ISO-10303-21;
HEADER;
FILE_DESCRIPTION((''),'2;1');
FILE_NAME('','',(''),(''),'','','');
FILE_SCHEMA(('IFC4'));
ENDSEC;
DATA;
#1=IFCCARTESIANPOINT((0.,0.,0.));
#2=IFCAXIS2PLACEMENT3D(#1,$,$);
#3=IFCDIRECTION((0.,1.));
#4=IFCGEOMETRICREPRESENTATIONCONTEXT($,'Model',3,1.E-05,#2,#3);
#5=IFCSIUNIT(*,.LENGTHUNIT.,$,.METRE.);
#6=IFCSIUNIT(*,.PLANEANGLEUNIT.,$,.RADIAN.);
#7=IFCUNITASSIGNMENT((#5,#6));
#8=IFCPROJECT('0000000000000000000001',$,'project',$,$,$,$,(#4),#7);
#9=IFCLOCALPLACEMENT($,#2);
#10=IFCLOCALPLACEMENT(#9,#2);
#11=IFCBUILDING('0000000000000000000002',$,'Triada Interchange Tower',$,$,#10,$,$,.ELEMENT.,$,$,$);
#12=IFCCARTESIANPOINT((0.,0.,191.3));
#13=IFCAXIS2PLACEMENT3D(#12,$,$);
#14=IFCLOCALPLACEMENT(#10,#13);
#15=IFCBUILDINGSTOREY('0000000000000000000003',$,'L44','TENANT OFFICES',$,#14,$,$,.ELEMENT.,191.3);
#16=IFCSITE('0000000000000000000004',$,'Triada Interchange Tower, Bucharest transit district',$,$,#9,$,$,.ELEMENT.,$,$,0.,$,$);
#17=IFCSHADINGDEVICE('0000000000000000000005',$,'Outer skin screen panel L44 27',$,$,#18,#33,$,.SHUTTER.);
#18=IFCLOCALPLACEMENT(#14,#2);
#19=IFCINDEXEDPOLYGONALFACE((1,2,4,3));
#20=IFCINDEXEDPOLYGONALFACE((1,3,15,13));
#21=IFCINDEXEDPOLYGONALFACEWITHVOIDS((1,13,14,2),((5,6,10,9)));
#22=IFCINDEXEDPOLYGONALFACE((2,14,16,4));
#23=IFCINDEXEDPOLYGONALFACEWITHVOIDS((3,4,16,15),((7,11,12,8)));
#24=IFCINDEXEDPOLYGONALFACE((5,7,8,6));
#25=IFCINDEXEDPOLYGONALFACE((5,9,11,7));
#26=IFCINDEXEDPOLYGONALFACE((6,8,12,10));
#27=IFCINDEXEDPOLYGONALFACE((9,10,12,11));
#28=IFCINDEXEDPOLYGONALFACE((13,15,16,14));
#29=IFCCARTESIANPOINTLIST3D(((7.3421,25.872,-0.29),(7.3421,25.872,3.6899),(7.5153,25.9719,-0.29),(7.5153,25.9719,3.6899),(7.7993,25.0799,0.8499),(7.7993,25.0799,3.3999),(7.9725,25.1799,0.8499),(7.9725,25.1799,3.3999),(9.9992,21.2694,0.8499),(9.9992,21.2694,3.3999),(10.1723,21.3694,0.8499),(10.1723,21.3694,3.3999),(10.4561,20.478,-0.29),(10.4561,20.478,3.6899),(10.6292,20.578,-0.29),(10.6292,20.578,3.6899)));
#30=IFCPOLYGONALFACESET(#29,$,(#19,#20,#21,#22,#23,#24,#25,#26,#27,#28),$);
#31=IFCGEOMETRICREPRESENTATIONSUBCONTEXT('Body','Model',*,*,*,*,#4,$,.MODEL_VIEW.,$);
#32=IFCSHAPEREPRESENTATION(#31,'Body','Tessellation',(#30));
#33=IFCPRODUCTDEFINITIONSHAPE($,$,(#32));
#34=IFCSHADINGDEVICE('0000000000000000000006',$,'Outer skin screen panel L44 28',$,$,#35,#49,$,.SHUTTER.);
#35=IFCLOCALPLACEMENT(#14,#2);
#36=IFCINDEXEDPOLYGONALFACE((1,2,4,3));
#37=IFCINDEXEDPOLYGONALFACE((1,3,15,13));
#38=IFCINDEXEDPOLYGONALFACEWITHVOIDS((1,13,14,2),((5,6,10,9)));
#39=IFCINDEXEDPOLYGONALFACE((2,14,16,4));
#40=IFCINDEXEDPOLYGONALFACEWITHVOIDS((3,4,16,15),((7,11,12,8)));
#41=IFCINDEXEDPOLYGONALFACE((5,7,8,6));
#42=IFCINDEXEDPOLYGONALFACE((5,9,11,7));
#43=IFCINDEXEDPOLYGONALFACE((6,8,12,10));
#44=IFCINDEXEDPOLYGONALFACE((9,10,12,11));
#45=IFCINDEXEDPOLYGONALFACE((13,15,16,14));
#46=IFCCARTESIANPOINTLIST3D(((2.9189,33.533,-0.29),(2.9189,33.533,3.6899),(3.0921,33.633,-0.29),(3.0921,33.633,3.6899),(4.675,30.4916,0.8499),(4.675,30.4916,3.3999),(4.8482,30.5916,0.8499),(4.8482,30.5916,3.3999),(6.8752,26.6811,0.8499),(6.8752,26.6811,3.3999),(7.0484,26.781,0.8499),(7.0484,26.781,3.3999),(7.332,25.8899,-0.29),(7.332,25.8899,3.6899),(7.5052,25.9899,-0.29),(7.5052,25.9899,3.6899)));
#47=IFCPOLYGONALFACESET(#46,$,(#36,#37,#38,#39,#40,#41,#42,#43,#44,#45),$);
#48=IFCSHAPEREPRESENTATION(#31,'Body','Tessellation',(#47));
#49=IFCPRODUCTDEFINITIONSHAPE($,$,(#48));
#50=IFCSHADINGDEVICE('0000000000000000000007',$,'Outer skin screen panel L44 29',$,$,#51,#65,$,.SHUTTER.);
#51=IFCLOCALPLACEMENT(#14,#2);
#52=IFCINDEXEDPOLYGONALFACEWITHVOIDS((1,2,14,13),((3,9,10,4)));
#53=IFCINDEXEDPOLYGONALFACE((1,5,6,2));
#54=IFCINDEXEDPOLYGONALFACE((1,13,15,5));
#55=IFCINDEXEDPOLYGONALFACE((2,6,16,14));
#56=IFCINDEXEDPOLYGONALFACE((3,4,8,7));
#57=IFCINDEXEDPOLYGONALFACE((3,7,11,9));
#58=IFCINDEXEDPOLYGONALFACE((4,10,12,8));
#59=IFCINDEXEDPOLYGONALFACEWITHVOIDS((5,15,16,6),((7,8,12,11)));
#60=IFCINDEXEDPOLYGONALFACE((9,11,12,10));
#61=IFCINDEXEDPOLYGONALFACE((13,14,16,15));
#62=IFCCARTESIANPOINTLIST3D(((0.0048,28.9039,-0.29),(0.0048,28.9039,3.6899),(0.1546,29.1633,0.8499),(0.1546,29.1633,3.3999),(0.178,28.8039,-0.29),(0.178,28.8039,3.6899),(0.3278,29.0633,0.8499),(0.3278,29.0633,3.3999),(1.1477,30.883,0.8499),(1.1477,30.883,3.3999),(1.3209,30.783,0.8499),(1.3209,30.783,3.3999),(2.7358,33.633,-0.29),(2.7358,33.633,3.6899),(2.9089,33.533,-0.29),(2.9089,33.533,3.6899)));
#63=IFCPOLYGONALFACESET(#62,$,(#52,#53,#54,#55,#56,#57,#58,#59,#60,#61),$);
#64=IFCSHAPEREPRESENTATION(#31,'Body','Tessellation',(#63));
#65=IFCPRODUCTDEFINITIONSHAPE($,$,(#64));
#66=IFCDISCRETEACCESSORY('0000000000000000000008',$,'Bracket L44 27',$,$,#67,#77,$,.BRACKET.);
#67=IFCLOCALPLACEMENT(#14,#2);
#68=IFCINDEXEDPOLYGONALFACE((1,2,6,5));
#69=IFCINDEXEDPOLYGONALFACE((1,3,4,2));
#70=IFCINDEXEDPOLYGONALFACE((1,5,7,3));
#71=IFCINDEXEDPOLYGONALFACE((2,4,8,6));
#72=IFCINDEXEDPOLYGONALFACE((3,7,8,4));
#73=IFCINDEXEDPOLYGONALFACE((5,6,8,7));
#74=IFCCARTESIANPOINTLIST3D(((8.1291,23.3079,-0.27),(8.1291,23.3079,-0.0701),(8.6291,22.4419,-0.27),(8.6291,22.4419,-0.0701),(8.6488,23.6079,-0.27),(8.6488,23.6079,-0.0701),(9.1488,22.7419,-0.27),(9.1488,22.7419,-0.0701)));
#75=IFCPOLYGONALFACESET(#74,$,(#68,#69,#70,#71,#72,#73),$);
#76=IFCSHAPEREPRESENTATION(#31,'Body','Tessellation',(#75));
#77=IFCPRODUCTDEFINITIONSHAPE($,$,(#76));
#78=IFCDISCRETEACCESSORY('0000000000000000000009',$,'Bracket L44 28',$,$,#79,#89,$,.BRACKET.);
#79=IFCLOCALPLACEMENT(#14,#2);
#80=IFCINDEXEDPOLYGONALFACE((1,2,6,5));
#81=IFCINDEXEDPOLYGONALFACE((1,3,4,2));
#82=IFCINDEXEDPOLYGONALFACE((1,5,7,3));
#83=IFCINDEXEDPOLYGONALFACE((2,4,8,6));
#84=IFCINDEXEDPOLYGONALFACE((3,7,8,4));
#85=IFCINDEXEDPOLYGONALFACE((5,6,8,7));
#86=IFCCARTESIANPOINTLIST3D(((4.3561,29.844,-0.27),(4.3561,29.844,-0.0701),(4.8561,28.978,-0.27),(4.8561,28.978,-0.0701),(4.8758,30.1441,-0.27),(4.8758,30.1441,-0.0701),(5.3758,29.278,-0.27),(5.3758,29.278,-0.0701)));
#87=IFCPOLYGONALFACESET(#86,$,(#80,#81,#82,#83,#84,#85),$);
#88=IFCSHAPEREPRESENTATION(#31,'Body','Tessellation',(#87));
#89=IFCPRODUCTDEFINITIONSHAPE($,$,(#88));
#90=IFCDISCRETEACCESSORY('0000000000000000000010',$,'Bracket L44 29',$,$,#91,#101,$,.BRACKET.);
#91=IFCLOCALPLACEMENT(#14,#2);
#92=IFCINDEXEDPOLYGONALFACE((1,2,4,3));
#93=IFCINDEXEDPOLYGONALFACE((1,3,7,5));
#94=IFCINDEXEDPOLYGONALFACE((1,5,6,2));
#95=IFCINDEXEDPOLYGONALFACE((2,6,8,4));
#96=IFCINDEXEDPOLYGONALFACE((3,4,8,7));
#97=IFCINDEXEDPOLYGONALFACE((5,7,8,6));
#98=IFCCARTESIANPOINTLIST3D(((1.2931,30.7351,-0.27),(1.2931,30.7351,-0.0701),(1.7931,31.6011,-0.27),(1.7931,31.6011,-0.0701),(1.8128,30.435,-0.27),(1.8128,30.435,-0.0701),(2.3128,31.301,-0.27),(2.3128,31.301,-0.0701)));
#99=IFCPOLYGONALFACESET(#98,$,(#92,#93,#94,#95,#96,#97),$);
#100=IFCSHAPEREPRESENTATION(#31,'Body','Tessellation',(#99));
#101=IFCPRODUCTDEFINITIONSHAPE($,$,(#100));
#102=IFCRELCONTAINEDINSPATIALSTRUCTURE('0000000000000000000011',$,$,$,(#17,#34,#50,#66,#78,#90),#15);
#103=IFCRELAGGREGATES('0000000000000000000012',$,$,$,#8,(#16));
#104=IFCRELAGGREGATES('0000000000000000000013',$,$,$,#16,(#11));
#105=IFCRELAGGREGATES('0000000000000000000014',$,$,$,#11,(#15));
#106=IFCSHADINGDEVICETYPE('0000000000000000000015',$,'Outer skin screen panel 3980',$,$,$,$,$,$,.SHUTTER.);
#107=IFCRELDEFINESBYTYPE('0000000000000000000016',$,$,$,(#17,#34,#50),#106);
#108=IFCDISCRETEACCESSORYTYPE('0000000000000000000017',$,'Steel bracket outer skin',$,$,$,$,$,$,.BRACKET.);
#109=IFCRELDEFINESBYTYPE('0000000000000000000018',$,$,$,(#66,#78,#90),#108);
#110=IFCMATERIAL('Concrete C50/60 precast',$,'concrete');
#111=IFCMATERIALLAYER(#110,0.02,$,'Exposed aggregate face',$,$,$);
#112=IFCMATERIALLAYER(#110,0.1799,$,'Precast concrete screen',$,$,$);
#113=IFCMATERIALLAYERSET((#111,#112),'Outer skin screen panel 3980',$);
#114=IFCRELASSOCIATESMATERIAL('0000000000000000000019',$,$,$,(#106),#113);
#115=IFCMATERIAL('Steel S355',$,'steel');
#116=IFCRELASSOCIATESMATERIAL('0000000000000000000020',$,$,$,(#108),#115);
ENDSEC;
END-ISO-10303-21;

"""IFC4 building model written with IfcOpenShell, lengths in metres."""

from ifc_helpers import new_model, si_unit, direction, frame, origin, origin_2d, place, context, subcontext, project, spatial, polyline, rectangle, outline, extrude, material, layer, layer_set, type_object, element, save


model = new_model("IFC4")

# Units and contexts
model_context = context("Model", 3, precision=1e-05, world=origin(), true_north=direction((0.0, 1.0)))
body_context = subcontext(model_context, "Body", "Model", "MODEL_VIEW")
ifc_project = project(units=[si_unit("LENGTHUNIT", "METRE"), si_unit("PLANEANGLEUNIT", "RADIAN")], contexts=[model_context])

# Site, building, storey
site_placement = place(None, origin())
site = spatial("IfcSite", under=ifc_project, at=site_placement, Name="Triada Interchange Tower, Bucharest transit district", CompositionType="ELEMENT", RefElevation=0.0)
building_placement = place(site_placement, origin())
building = spatial("IfcBuilding", under=site, at=building_placement, Name="Triada Interchange Tower", CompositionType="ELEMENT")
storey_placement = place(building_placement, frame((0.0, 0.0, 191.3)))
storey = spatial("IfcBuildingStorey", under=building, at=storey_placement, Name="L44", Description="TENANT OFFICES", CompositionType="ELEMENT", Elevation=191.3)

# Shading devices
ifc_material_1 = material(Name="Concrete C50/60 precast", Category="concrete")
ifc_layer_1 = layer(ifc_material_1, 0.02, Name="Exposed aggregate face")
ifc_layer_2 = layer(ifc_material_1, 0.1799, Name="Precast concrete screen")
ifc_layer_set_1 = layer_set([ifc_layer_1, ifc_layer_2], Name="Outer skin screen panel 3980")
shading_device_type = type_object("IfcShadingDeviceType", Name="Outer skin screen panel 3980", PredefinedType="SHUTTER", material=ifc_layer_set_1)
shading_device_1_placement = place(storey_placement, frame((10.4561, 20.478, -0.29), z_axis=(0.0, 0.0, 1.0), x_axis=(-0.499971, 0.866042, 0.0)))
element("IfcShadingDevice", 1, at=shading_device_1_placement, inside=storey, type_object=shading_device_type, Name="Outer skin screen panel L44 27", PredefinedType="SHUTTER", context=body_context, shape_type="SweptSolid", body=[
    extrude(outline(polyline([(0.0, 0.0), (6.2283, 0.0), (6.2283, 3.98), (0.0, 3.98), (0.0, 0.0)]), holes=[polyline([(0.9138, 1.1399), (0.9138, 3.6899), (5.3137, 3.6899), (5.3137, 1.1399), (0.9138, 1.1399)])]), frame((0.0, 0.0, 0.0), z_axis=(0.0, -1.0, 0.0), x_axis=(1.0, 0.0, 0.0)), (0.0, 0.0, 1.0), 0.2),
])
shading_device_2_placement = place(storey_placement, frame((7.332, 25.8899, -0.29), z_axis=(0.0, 0.0, 1.0), x_axis=(-0.500031, 0.866008, 0.0)))
element("IfcShadingDevice", 2, at=shading_device_2_placement, inside=storey, type_object=shading_device_type, Name="Outer skin screen panel L44 28", PredefinedType="SHUTTER", context=body_context, shape_type="SweptSolid", body=[
    extrude(outline(polyline([(0.0, 0.0), (8.8257, 0.0), (8.8257, 3.98), (0.0, 3.98), (0.0, 0.0)]), holes=[polyline([(0.9136, 1.1399), (0.9136, 3.6899), (5.3137, 3.6899), (5.3137, 1.1399), (0.9136, 1.1399)])]), frame((0.0, 0.0, 0.0), z_axis=(0.0, -1.0, 0.0), x_axis=(1.0, 0.0, 0.0)), (0.0, 0.0, 1.0), 0.2),
])
shading_device_3_placement = place(storey_placement, frame((2.9089, 33.533, -0.29), z_axis=(0.0, 0.0, 1.0), x_axis=(-0.500091, -0.865973, 0.0)))
element("IfcShadingDevice", 3, at=shading_device_3_placement, inside=storey, type_object=shading_device_type, Name="Outer skin screen panel L44 29", PredefinedType="SHUTTER", context=body_context, shape_type="SweptSolid", body=[
    extrude(outline(polyline([(0.0, 0.0), (5.4609, 0.0), (5.4609, 3.98), (0.0, 3.98), (0.0, 0.0)]), holes=[polyline([(3.1755, 1.1399), (3.1755, 3.6899), (5.1614, 3.6899), (5.1614, 1.1399), (3.1755, 1.1399)])]), frame((0.0, 0.0, 0.0), z_axis=(0.0, -1.0, 0.0), x_axis=(1.0, 0.0, 0.0)), (0.0, 0.0, 1.0), 0.2),
])

# Discrete accessories
ifc_material_2 = material(Name="Steel S355", Category="steel")
discrete_accessory_type = type_object("IfcDiscreteAccessoryType", Name="Steel bracket outer skin", PredefinedType="BRACKET", material=ifc_material_2)
for number, where, z_axis, x_axis, name in (
    (4, (8.6389, 23.0249, -0.27), (0.0, 0.0, 1.0), (0.866023, 0.500003, 0.0), "Bracket L44 27"),
    (5, (4.866, 29.561, -0.27), (0.0, 0.0, 1.0), (0.866023, 0.500003, 0.0), "Bracket L44 28"),
    (6, (1.803, 31.0181, -0.27), (0.0, 0.0, 1.0), (-0.866017, 0.500015, 0.0), "Bracket L44 29"),
):
    element("IfcDiscreteAccessory", number, at=place(storey_placement, frame(where, z_axis=z_axis, x_axis=x_axis)), inside=storey, type_object=discrete_accessory_type, Name=name, PredefinedType="BRACKET", context=body_context, shape_type="SweptSolid", body=[
        extrude(rectangle(XDim=0.6001, YDim=1.0, at=origin_2d()), origin(), (0.0, 0.0, 1.0), 0.2),
    ])

save(model, "model.ifc")
